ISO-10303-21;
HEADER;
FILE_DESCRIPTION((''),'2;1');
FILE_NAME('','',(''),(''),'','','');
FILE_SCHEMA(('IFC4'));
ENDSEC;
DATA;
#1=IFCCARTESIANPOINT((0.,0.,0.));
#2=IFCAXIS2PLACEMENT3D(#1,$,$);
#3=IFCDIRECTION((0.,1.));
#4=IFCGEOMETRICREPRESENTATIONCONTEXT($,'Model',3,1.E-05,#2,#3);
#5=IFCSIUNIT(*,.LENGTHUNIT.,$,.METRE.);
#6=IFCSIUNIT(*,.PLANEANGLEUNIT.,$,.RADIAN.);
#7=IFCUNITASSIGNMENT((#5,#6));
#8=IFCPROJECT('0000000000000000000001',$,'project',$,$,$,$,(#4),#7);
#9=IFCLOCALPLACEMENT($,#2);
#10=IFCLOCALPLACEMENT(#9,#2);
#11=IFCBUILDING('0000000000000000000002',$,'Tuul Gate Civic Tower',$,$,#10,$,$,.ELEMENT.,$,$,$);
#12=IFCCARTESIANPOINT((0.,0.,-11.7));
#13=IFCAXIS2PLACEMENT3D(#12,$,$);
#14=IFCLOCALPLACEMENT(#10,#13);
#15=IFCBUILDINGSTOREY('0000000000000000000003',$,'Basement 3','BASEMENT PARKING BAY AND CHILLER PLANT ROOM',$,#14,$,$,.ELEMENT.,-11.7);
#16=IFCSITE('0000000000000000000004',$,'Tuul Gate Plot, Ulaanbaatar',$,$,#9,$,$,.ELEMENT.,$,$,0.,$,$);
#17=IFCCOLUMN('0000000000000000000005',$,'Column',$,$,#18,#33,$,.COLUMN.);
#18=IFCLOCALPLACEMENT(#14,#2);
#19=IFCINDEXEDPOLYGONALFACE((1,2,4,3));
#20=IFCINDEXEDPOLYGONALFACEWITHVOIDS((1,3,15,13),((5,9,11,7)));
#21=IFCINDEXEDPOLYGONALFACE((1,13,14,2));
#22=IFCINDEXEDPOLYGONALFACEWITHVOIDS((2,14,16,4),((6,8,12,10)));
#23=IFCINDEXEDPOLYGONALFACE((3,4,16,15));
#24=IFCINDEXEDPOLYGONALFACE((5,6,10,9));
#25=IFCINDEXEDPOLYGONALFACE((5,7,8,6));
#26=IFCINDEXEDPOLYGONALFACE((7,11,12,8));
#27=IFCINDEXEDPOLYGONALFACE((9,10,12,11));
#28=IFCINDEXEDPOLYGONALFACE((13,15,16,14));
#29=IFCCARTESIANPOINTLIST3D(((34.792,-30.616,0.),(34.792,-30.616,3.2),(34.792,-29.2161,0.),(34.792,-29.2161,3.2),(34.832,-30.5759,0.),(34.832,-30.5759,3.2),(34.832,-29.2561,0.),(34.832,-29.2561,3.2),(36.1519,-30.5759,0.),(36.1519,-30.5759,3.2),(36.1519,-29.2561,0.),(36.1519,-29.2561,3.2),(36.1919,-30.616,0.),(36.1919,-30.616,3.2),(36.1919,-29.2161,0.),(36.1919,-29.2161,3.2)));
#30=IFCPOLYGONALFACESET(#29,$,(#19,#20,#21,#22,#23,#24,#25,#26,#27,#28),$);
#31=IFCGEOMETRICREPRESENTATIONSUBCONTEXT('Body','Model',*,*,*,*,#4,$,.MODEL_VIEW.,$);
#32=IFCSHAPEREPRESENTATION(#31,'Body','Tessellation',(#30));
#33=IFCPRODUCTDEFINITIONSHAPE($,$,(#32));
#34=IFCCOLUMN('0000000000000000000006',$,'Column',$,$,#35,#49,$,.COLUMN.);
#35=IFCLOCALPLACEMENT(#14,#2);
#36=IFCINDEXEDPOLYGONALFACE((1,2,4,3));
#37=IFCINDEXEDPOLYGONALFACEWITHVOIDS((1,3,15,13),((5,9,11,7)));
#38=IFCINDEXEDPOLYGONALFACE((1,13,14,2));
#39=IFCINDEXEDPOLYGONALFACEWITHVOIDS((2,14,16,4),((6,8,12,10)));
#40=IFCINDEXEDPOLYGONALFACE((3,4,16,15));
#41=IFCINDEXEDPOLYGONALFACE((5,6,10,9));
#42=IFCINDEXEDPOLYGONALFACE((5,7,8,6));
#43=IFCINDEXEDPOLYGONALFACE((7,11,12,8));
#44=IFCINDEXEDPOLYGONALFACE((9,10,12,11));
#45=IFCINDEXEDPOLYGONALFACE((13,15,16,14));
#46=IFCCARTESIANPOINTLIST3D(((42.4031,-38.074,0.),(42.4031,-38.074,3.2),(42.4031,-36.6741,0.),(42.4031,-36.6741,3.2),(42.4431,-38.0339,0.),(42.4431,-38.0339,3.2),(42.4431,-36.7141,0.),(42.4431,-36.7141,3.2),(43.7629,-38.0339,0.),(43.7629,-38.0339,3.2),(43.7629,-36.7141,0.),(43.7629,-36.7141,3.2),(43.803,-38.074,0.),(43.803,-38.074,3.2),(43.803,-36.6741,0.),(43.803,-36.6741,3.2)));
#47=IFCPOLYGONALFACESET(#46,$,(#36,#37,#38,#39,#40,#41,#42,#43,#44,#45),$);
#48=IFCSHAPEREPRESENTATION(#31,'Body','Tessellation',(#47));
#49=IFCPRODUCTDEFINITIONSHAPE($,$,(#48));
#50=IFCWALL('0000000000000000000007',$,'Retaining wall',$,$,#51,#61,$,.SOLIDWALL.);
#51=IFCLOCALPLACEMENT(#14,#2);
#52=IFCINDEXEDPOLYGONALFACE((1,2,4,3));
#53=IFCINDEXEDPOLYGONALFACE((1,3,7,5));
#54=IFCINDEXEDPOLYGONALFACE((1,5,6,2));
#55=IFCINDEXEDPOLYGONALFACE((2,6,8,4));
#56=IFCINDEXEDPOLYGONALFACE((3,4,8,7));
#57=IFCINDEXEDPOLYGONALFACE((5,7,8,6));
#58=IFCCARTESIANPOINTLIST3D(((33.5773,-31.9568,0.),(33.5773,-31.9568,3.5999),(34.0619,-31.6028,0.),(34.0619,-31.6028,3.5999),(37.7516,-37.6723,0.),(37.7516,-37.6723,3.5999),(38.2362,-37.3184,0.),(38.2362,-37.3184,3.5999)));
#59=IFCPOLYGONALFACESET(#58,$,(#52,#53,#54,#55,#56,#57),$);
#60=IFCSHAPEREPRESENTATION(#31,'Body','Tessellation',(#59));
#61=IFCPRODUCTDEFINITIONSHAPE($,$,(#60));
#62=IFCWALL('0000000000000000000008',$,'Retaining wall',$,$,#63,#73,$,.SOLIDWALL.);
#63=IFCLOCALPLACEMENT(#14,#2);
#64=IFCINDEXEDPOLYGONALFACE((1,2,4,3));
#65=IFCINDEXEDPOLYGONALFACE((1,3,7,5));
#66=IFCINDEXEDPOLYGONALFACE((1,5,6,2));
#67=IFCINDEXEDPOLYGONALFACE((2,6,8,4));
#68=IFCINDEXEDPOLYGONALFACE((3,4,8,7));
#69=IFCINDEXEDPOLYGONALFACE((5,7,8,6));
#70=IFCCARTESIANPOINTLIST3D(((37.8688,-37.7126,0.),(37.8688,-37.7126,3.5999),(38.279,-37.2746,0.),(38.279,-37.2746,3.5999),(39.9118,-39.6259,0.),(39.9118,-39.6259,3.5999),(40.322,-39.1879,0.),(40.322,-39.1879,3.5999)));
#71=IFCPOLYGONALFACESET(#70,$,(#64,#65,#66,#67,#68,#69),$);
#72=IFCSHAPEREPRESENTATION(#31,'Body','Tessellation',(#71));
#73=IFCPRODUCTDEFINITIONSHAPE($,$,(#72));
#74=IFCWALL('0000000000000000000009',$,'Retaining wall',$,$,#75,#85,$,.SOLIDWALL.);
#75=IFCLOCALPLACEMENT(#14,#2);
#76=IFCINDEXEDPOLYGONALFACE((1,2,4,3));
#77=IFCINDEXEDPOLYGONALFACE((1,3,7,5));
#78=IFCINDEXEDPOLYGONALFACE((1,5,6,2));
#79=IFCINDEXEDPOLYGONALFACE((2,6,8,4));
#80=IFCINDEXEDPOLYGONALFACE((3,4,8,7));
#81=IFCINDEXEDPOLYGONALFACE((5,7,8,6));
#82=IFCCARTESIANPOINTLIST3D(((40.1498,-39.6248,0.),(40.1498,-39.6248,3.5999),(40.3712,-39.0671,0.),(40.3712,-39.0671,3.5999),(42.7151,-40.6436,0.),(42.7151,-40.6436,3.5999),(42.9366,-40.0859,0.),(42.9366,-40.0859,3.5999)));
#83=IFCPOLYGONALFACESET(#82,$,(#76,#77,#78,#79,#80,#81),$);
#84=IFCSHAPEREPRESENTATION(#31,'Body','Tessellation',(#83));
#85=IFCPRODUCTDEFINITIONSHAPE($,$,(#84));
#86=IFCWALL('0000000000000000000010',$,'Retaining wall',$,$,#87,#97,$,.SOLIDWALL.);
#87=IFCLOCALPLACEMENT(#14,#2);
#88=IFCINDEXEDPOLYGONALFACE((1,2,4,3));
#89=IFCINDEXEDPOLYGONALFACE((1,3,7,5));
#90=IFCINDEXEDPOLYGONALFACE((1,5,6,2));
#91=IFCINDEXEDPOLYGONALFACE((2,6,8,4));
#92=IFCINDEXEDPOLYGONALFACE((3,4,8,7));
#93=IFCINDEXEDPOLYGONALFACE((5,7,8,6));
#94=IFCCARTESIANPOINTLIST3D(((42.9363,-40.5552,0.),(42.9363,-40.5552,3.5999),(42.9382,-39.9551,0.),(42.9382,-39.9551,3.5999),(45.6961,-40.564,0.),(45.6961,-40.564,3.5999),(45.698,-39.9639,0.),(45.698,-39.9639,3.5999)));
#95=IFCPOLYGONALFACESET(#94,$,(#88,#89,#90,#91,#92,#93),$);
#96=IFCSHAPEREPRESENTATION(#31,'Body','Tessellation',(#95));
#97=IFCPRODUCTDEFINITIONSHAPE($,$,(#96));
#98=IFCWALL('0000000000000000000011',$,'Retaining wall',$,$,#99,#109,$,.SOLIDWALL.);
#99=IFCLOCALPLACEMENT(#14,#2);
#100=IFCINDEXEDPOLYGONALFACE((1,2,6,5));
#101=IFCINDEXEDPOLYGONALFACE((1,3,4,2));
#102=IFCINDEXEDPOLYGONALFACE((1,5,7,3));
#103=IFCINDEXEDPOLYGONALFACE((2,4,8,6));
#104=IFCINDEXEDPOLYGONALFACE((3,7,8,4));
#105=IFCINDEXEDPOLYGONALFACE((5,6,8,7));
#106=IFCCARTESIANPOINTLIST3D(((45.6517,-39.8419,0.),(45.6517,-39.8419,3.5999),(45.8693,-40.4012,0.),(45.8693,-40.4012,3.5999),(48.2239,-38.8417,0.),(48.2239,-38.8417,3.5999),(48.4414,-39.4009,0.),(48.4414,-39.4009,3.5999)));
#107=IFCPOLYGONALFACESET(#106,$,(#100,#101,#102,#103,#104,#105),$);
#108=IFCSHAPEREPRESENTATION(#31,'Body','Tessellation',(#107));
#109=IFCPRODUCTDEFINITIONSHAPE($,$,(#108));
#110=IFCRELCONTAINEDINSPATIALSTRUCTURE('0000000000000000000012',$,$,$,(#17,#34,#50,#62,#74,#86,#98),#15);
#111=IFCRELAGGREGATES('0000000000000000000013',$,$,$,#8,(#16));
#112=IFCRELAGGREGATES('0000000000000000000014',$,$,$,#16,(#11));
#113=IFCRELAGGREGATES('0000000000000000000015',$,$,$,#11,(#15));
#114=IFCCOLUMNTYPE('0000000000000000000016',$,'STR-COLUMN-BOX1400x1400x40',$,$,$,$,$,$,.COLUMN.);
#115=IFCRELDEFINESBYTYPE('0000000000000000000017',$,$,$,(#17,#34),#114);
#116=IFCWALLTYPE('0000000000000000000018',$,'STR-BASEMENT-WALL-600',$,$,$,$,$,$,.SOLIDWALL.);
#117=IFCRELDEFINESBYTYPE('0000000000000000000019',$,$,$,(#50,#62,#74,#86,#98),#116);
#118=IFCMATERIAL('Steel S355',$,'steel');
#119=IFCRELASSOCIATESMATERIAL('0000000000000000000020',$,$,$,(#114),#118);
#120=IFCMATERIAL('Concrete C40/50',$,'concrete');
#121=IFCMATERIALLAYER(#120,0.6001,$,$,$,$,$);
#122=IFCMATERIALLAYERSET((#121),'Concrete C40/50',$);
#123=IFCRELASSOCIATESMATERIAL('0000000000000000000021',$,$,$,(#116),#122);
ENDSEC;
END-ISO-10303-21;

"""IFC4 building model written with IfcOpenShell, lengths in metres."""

from ifc_helpers import new_model, si_unit, direction, frame, frame_2d, origin, origin_2d, place, context, subcontext, project, spatial, rectangle, hollow_rectangle, extrude, material, layer, layer_set, material_profile, profile_set, type_object, element, save


model = new_model("IFC4")

# Units and contexts
model_context = context("Model", 3, precision=1e-05, world=origin(), true_north=direction((0.0, 1.0)))
body_context = subcontext(model_context, "Body", "Model", "MODEL_VIEW")
ifc_project = project(units=[si_unit("LENGTHUNIT", "METRE"), si_unit("PLANEANGLEUNIT", "RADIAN")], contexts=[model_context])

# Site, building, storey
site_placement = place(None, origin())
site = spatial("IfcSite", under=ifc_project, at=site_placement, Name="Tuul Gate Plot, Ulaanbaatar", CompositionType="ELEMENT", RefElevation=0.0)
building_placement = place(site_placement, origin())
building = spatial("IfcBuilding", under=site, at=building_placement, Name="Tuul Gate Civic Tower", CompositionType="ELEMENT")
storey_placement = place(building_placement, frame((0.0, 0.0, -11.7)))
storey = spatial("IfcBuildingStorey", under=building, at=storey_placement, Name="Basement 3", Description="BASEMENT PARKING BAY AND CHILLER PLANT ROOM", CompositionType="ELEMENT", Elevation=-11.7)

# Columns
ifc_material_1 = material(Name="Steel S355", Category="steel")
ifc_material_profile_1 = material_profile(ifc_material_1, hollow_rectangle(XDim=1.3999, YDim=1.3999, WallThickness=0.04, at=origin_2d()), Name="BOX1400x1400x40")
ifc_profile_set_1 = profile_set([ifc_material_profile_1], Name="Steel S355")
column_type = type_object("IfcColumnType", Name="STR-COLUMN-BOX1400x1400x40", PredefinedType="COLUMN", material=ifc_profile_set_1)
for number, where, z_axis, x_axis, name in (
    (1, (35.4919, -29.916, 0.0), (0.0, 0.0, 1.0), (1.0, 0.0, 0.0), "Column"),
    (2, (43.103, -37.374, 0.0), (0.0, 0.0, 1.0), (1.0, 0.0, 0.0), "Column"),
):
    element("IfcColumn", number, at=place(storey_placement, frame(where, z_axis=z_axis, x_axis=x_axis)), inside=storey, type_object=column_type, Name=name, PredefinedType="COLUMN", context=body_context, shape_type="SweptSolid", body=[
        extrude(hollow_rectangle(XDim=1.3999, YDim=1.3999, WallThickness=0.04, at=origin_2d()), origin(), (0.0, 0.0, 1.0), 3.2),
    ])

# Walls
ifc_material_2 = material(Name="Concrete C40/50", Category="concrete")
ifc_layer = layer(ifc_material_2, 0.6001)
ifc_layer_set = layer_set([ifc_layer], Name="Concrete C40/50")
wall_type = type_object("IfcWallType", Name="STR-BASEMENT-WALL-600", PredefinedType="SOLIDWALL", material=ifc_layer_set)
wall_1_placement = place(storey_placement, frame((33.8196, -31.7798, 0.0), z_axis=(0.0, 0.0, 1.0), x_axis=(0.589791, -0.807556, 0.0)))
element("IfcWall", 3, at=wall_1_placement, inside=storey, type_object=wall_type, Name="Retaining wall", PredefinedType="SOLIDWALL", context=body_context, shape_type="SweptSolid", body=[
    extrude(rectangle(XDim=7.0776, YDim=0.6001, at=frame_2d((3.5388, 0.0))), origin(), (0.0, 0.0, 1.0), 3.5999),
])
wall_2_placement = place(storey_placement, frame((38.074, -37.4937, 0.0), z_axis=(0.0, 0.0, 1.0), x_axis=(0.729885, -0.68357, 0.0)))
element("IfcWall", 4, at=wall_2_placement, inside=storey, type_object=wall_type, Name="Retaining wall", PredefinedType="SOLIDWALL", context=body_context, shape_type="SweptSolid", body=[
    extrude(rectangle(XDim=2.7991, YDim=0.6001, at=frame_2d((1.3994, 0.0))), origin(), (0.0, 0.0, 1.0), 3.5999),
])
wall_3_placement = place(storey_placement, frame((40.2605, -39.3459, 0.0), z_axis=(0.0, 0.0, 1.0), x_axis=(0.929395, -0.369087, 0.0)))
element("IfcWall", 5, at=wall_3_placement, inside=storey, type_object=wall_type, Name="Retaining wall", PredefinedType="SOLIDWALL", context=body_context, shape_type="SweptSolid", body=[
    extrude(rectangle(XDim=2.7603, YDim=0.6001, at=frame_2d((1.3801, 0.0))), origin(), (0.0, 0.0, 1.0), 3.5999),
])
for number, where, z_axis, x_axis, name in (
    (6, (42.9373, -40.2551, 0.0), (0.0, 0.0, 1.0), (0.999995, -0.003185, 0.0), "Retaining wall"),
    (7, (45.7605, -40.1216, 0.0), (0.0, 0.0, 1.0), (0.932003, 0.362451, 0.0), "Retaining wall"),
):
    element("IfcWall", number, at=place(storey_placement, frame(where, z_axis=z_axis, x_axis=x_axis)), inside=storey, type_object=wall_type, Name=name, PredefinedType="SOLIDWALL", context=body_context, shape_type="SweptSolid", body=[
        extrude(rectangle(XDim=2.7598, YDim=0.6001, at=frame_2d((1.3799, 0.0))), origin(), (0.0, 0.0, 1.0), 3.5999),
    ])

save(model, "model.ifc")
